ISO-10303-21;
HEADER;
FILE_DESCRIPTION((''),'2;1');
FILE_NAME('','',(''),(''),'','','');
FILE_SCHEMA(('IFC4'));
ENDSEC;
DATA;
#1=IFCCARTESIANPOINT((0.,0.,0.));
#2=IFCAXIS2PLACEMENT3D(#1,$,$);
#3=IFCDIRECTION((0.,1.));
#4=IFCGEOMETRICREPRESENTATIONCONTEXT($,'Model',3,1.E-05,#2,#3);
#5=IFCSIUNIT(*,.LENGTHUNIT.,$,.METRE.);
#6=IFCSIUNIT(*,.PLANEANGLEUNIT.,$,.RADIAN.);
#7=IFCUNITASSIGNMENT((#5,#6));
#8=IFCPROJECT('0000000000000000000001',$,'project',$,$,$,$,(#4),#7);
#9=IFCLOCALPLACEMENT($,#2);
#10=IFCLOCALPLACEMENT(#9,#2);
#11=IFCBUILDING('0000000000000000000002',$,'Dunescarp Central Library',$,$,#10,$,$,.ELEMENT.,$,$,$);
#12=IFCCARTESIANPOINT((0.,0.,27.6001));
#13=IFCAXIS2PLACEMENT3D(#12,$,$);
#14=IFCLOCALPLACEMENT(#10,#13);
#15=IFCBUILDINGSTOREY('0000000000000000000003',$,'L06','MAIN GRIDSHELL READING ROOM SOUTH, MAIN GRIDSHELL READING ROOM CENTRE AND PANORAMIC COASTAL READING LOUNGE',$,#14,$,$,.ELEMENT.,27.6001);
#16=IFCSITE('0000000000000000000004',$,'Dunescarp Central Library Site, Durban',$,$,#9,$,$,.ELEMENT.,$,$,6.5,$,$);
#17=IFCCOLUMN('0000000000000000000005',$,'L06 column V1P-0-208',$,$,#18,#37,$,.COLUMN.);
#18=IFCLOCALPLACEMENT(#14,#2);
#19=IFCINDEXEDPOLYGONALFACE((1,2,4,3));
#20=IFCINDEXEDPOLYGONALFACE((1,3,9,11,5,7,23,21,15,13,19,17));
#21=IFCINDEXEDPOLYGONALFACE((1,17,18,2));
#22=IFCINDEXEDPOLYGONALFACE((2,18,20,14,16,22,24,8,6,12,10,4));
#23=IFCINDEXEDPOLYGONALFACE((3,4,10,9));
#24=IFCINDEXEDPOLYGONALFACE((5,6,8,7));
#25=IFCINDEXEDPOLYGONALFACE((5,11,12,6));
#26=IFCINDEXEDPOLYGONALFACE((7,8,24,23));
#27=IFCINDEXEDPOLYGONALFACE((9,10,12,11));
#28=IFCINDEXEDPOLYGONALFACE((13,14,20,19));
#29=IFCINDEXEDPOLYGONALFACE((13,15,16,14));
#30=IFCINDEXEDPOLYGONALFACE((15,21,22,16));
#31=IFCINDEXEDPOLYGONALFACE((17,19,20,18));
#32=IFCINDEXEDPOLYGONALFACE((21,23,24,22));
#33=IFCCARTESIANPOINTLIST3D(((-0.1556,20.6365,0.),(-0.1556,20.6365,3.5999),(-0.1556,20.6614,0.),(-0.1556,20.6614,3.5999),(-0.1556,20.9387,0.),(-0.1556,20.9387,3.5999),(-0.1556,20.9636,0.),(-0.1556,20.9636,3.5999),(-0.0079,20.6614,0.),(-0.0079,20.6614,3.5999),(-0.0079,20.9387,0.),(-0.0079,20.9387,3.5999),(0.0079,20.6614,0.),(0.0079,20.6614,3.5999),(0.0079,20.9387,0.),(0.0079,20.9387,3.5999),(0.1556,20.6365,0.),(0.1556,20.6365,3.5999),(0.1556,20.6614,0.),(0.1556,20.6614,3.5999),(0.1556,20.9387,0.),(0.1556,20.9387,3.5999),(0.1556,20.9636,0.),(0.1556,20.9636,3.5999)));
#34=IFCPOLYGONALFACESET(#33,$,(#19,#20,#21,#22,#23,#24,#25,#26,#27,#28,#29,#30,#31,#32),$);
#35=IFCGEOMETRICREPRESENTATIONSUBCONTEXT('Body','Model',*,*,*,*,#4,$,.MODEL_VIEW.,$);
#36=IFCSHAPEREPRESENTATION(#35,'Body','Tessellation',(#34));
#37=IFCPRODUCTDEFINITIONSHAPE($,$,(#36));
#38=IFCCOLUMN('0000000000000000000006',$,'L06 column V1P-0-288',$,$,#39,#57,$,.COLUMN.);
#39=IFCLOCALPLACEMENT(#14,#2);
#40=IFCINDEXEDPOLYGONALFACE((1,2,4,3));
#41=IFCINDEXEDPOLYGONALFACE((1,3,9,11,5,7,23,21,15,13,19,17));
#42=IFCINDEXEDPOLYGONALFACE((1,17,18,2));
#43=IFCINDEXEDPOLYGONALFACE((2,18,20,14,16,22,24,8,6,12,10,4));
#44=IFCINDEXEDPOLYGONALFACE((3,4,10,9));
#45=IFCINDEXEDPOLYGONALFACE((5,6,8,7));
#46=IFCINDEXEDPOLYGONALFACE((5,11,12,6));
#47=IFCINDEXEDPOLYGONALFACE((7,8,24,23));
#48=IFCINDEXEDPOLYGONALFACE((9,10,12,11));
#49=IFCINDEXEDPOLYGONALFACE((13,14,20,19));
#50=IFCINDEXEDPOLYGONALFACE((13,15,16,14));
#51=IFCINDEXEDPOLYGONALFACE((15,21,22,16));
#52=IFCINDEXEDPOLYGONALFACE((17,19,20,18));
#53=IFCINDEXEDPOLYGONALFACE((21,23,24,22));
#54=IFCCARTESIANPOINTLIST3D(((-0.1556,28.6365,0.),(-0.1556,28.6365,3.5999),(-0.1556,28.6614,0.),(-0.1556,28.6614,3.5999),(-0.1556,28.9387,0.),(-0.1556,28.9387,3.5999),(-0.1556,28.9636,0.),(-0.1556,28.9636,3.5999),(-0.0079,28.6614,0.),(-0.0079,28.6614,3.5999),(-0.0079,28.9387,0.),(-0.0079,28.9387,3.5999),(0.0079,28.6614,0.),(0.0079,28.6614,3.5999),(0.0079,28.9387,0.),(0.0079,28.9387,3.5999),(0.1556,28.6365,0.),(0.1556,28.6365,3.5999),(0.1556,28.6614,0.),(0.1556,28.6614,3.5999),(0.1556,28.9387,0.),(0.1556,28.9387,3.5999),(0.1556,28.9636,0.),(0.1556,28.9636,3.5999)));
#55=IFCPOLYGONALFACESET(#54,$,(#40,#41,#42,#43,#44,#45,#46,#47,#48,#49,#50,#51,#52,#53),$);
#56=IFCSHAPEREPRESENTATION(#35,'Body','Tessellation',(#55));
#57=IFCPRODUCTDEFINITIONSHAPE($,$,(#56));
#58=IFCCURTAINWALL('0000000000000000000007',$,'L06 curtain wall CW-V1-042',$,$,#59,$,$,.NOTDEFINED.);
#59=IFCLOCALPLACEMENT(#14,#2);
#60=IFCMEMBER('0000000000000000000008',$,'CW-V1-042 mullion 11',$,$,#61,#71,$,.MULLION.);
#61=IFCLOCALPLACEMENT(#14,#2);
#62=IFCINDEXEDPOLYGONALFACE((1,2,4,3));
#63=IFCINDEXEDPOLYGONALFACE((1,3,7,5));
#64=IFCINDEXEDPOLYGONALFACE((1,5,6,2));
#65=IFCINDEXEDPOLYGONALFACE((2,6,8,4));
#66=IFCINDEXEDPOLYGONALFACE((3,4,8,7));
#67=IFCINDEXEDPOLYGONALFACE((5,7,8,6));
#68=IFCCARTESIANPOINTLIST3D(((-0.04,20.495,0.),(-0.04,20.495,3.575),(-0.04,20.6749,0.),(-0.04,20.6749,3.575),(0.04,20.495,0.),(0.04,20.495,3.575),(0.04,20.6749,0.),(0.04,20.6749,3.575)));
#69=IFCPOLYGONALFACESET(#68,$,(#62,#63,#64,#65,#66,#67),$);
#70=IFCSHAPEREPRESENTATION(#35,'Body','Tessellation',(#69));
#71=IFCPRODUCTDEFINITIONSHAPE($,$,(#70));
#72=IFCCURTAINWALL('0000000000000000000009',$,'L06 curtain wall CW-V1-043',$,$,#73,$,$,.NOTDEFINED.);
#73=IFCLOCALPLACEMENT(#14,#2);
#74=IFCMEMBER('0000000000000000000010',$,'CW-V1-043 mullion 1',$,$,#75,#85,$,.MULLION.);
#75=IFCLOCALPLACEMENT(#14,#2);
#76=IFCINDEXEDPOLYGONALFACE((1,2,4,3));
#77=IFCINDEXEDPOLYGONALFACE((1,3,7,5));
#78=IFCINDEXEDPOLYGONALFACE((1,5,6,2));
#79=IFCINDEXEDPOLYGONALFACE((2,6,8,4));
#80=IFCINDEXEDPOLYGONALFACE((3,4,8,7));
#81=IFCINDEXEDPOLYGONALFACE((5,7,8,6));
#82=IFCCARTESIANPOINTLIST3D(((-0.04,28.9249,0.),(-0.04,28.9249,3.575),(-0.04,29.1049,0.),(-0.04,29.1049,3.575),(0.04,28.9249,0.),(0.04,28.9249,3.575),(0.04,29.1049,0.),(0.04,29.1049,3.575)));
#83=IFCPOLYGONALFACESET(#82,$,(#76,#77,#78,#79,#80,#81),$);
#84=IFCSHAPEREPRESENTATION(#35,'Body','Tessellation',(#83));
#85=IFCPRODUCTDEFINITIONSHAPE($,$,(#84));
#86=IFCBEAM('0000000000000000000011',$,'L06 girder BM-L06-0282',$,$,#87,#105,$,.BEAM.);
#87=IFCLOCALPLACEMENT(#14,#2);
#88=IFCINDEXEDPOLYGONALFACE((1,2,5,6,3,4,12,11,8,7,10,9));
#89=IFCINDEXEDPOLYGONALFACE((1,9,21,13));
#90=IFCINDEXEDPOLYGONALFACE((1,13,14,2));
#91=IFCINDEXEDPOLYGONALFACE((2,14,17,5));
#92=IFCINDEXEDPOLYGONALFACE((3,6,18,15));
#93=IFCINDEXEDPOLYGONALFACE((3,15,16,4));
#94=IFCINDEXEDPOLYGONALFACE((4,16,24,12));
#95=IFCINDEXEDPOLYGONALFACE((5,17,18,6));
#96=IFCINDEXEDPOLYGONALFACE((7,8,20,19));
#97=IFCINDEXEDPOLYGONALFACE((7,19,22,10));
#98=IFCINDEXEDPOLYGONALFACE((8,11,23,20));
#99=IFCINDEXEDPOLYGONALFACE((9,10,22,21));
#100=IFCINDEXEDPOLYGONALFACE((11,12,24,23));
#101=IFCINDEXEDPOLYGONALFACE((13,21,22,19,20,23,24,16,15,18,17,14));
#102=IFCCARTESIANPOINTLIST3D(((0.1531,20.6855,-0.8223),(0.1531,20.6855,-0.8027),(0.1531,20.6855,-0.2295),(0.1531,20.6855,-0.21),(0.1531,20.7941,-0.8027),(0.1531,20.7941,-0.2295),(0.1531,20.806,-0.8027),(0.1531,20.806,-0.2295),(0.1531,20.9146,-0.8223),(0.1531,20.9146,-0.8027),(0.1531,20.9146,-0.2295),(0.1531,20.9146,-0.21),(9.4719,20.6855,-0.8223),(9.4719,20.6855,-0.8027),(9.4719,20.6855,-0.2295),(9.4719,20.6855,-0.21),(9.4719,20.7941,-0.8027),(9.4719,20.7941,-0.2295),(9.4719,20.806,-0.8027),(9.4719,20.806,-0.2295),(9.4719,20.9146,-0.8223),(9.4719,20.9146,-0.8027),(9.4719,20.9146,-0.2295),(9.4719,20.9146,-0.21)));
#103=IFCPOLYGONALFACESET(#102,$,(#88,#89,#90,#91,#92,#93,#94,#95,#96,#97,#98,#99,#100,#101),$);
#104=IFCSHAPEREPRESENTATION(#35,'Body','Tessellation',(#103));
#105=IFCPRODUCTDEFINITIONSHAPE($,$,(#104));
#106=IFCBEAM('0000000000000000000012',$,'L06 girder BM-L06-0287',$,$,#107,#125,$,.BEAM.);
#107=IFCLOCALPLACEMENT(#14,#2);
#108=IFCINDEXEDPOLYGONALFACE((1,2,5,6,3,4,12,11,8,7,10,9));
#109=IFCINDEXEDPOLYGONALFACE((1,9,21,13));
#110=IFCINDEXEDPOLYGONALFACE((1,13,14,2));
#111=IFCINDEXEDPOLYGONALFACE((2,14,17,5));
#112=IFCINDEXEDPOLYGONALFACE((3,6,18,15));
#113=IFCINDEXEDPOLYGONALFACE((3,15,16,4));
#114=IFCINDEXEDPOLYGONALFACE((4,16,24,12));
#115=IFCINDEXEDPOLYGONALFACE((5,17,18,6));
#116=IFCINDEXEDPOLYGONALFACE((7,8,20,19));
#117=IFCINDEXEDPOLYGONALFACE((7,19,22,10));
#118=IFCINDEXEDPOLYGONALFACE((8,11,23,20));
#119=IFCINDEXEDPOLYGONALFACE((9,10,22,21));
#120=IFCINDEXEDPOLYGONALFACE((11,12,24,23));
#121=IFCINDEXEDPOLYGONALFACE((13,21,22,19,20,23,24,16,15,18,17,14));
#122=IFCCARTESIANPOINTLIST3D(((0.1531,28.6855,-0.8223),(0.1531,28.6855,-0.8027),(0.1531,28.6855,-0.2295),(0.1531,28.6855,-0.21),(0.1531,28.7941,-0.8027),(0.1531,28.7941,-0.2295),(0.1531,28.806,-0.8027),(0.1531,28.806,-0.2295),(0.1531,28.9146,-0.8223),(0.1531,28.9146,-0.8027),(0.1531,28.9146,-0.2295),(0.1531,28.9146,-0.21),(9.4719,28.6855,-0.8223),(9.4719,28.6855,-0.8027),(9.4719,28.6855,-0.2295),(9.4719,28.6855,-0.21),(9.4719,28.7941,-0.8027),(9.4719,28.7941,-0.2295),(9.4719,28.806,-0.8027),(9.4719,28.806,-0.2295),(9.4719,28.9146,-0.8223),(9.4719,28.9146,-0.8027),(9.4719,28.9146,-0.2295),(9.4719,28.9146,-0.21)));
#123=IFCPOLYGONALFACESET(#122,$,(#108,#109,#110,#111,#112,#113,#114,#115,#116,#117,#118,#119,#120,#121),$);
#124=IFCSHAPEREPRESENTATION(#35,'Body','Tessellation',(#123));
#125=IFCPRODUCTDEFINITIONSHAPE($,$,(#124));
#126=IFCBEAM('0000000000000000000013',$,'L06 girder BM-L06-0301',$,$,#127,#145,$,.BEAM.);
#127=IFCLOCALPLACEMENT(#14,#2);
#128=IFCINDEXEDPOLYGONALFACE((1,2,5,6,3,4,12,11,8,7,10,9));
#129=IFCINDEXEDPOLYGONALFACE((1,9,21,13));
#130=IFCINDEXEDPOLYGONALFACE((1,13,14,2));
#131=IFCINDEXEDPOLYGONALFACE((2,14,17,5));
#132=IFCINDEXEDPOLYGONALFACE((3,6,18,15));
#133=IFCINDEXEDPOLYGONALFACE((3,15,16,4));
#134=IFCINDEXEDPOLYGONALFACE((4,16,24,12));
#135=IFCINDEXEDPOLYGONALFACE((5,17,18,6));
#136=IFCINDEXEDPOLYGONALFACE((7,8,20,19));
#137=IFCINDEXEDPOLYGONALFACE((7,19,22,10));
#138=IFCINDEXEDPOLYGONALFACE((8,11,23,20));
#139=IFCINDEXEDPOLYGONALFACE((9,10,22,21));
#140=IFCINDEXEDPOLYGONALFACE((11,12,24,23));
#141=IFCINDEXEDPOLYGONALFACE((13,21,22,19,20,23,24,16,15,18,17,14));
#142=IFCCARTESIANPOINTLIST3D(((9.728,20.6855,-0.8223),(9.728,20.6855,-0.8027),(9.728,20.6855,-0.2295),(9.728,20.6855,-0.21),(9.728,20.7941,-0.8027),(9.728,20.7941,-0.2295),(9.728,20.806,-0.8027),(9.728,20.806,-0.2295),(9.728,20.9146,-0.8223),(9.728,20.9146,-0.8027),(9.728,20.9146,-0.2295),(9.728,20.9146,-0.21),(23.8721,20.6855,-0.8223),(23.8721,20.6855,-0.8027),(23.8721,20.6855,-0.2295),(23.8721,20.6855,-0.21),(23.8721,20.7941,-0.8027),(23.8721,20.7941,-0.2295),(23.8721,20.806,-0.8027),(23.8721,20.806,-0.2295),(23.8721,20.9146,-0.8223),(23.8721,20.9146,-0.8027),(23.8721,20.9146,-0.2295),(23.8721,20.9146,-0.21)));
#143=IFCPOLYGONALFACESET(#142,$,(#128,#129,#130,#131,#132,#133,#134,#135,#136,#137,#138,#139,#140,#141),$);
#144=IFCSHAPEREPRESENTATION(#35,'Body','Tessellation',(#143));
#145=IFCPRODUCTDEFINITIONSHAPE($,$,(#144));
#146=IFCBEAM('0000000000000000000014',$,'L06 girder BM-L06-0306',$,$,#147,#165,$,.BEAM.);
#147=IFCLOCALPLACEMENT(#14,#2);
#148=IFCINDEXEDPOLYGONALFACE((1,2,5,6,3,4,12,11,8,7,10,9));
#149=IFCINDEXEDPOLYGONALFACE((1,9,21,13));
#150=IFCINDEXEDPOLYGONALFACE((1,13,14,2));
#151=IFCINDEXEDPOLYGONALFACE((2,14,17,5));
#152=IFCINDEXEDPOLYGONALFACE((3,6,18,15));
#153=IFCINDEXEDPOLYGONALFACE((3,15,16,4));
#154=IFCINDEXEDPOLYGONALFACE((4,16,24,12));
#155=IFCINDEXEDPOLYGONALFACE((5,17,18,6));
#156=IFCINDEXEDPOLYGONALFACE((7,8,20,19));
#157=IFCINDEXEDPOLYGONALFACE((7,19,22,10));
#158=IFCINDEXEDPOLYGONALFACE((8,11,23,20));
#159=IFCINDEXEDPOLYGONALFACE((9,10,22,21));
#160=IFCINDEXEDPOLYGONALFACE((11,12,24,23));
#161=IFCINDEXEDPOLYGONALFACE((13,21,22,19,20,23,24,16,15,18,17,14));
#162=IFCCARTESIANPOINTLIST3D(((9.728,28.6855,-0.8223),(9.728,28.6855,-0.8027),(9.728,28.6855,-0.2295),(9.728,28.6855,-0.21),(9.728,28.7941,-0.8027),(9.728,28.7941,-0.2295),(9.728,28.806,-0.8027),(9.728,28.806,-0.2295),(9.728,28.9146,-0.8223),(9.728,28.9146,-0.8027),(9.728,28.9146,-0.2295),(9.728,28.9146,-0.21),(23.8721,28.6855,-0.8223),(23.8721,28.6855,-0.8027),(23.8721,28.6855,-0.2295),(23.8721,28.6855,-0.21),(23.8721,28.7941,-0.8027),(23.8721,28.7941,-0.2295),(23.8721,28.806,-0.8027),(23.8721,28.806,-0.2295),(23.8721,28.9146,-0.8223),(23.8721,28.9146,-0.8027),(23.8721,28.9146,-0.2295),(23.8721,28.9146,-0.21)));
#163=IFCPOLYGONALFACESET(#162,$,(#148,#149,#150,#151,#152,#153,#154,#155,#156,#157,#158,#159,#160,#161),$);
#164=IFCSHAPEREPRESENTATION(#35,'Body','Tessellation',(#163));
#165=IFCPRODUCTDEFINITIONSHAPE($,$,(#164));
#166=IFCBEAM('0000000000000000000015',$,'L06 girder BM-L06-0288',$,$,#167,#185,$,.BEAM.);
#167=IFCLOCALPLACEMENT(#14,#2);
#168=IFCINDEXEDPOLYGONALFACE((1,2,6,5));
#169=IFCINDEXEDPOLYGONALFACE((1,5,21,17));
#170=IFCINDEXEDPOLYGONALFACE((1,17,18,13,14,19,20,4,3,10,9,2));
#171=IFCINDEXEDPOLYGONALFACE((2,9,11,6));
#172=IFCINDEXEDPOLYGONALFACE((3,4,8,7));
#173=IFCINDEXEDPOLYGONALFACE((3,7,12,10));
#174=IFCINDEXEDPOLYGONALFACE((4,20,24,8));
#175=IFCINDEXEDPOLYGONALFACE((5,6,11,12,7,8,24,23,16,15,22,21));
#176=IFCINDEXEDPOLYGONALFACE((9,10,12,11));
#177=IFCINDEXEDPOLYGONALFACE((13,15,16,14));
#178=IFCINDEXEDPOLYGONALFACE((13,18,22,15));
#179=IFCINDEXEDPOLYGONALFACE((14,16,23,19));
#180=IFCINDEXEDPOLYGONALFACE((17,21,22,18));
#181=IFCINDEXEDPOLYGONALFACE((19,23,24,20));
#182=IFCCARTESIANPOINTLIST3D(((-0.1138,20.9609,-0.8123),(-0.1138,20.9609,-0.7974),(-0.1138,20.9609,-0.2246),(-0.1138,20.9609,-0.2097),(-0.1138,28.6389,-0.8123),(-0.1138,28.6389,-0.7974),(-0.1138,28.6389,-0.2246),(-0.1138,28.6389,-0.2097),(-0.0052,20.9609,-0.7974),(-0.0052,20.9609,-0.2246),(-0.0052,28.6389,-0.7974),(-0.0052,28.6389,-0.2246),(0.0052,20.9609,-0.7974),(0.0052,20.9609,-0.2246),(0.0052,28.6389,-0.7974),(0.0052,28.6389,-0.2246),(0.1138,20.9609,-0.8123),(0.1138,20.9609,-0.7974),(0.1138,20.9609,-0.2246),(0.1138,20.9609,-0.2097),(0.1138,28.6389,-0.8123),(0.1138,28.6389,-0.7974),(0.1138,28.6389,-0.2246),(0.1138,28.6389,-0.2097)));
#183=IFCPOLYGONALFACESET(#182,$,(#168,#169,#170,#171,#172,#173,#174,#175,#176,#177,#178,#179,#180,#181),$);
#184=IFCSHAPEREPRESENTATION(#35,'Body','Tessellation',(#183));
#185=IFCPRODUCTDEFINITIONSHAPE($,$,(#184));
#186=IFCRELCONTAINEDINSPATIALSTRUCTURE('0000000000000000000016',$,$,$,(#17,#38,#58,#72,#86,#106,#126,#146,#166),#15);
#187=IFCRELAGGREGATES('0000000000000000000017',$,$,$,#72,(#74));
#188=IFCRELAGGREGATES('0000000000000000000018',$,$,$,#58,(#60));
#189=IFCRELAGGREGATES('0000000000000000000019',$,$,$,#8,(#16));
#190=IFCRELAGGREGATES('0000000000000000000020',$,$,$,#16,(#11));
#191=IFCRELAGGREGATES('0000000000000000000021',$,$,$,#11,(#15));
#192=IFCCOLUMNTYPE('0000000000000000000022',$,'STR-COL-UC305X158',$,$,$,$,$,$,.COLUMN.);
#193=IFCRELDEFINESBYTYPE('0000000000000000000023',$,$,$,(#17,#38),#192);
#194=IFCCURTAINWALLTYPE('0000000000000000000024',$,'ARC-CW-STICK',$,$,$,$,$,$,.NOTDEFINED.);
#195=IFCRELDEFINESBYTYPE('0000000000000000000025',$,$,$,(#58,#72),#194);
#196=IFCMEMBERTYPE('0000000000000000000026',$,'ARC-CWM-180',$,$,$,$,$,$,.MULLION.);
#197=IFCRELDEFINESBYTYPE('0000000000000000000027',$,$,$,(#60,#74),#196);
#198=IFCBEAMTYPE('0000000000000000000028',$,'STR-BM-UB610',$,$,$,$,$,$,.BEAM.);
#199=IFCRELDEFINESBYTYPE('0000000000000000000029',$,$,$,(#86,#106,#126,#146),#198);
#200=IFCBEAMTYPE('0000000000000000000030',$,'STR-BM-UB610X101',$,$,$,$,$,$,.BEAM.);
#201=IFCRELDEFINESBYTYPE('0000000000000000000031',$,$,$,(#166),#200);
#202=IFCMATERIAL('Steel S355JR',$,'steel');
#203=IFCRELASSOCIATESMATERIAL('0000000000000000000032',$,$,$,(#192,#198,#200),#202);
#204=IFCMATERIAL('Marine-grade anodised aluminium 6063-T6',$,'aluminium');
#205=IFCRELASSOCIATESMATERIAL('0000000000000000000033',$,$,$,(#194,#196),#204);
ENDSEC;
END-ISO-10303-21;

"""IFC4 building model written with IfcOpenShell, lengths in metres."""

from ifc_helpers import new_model, si_unit, direction, frame, origin, origin_2d, place, context, subcontext, project, spatial, rectangle, i_section, extrude, material, material_profile, profile_set, type_object, element, aggregate, save


model = new_model("IFC4")

# Units and contexts
model_context = context("Model", 3, precision=1e-05, world=origin(), true_north=direction((0.0, 1.0)))
body_context = subcontext(model_context, "Body", "Model", "MODEL_VIEW")
ifc_project = project(units=[si_unit("LENGTHUNIT", "METRE"), si_unit("PLANEANGLEUNIT", "RADIAN")], contexts=[model_context])

# Site, building, storey
site_placement = place(None, origin())
site = spatial("IfcSite", under=ifc_project, at=site_placement, Name="Dunescarp Central Library Site, Durban", CompositionType="ELEMENT", RefElevation=6.5)
building_placement = place(site_placement, origin())
building = spatial("IfcBuilding", under=site, at=building_placement, Name="Dunescarp Central Library", CompositionType="ELEMENT")
storey_placement = place(building_placement, frame((0.0, 0.0, 27.6001)))
storey = spatial("IfcBuildingStorey", under=building, at=storey_placement, Name="L06", Description="MAIN GRIDSHELL READING ROOM SOUTH, MAIN GRIDSHELL READING ROOM CENTRE AND PANORAMIC COASTAL READING LOUNGE", CompositionType="ELEMENT", Elevation=27.6001)

# Columns
ifc_material_1 = material(Name="Steel S355JR", Category="steel")
ifc_material_profile_1 = material_profile(ifc_material_1, i_section(OverallWidth=0.3113, OverallDepth=0.3271, WebThickness=0.0159, FlangeThickness=0.0249, at=origin_2d()), Name="UC 305x305x158")
ifc_profile_set_1 = profile_set([ifc_material_profile_1], Name="Steel S355JR")
column_type = type_object("IfcColumnType", Name="STR-COL-UC305X158", PredefinedType="COLUMN", material=ifc_profile_set_1)
for number, where, z_axis, x_axis, name in (
    (1, (0.0, 20.8, 0.0), (0.0, 0.0, 1.0), (1.0, 0.0, 0.0), "L06 column V1P-0-208"),
    (2, (0.0, 28.8, 0.0), (0.0, 0.0, 1.0), (1.0, 0.0, 0.0), "L06 column V1P-0-288"),
):
    element("IfcColumn", number, at=place(storey_placement, frame(where, z_axis=z_axis, x_axis=x_axis)), inside=storey, type_object=column_type, Name=name, PredefinedType="COLUMN", context=body_context, shape_type="SweptSolid", body=[
        extrude(i_section(OverallWidth=0.3113, OverallDepth=0.3271, WebThickness=0.0159, FlangeThickness=0.0249, at=origin_2d()), origin(), (0.0, 0.0, 1.0), 3.5999),
    ])

# Curtain walls, members
ifc_material_2 = material(Name="Marine-grade anodised aluminium 6063-T6", Category="aluminium")
curtain_wall_type = type_object("IfcCurtainWallType", Name="ARC-CW-STICK", PredefinedType="NOTDEFINED", material=ifc_material_2)
curtain_wall_1_placement = place(storey_placement, origin())
curtain_wall_1 = element("IfcCurtainWall", 3, at=curtain_wall_1_placement, inside=storey, type_object=curtain_wall_type, Name="L06 curtain wall CW-V1-042", PredefinedType="NOTDEFINED")
ifc_material_profile_2 = material_profile(ifc_material_2, rectangle(XDim=0.0801, YDim=0.1799, at=origin_2d()), Name="AL 80x180")
ifc_profile_set_2 = profile_set([ifc_material_profile_2], Name="Marine-grade anodised aluminium 6063-T6")
member_type = type_object("IfcMemberType", Name="ARC-CWM-180", PredefinedType="MULLION", material=ifc_profile_set_2)
member_1_placement = place(storey_placement, frame((0.0, 20.585, 0.0), z_axis=(0.0, 0.0, 1.0), x_axis=(-1.0, 0.0, 0.0)))
member_1 = element("IfcMember", 4, at=member_1_placement, type_object=member_type, Name="CW-V1-042 mullion 11", PredefinedType="MULLION", context=body_context, shape_type="SweptSolid", body=[
    extrude(rectangle(XDim=0.0801, YDim=0.1799, at=origin_2d()), origin(), (0.0, 0.0, 1.0), 3.575),
])
curtain_wall_2_placement = place(storey_placement, origin())
curtain_wall_2 = element("IfcCurtainWall", 5, at=curtain_wall_2_placement, inside=storey, type_object=curtain_wall_type, Name="L06 curtain wall CW-V1-043", PredefinedType="NOTDEFINED")
member_2_placement = place(storey_placement, frame((0.0, 29.0149, 0.0), z_axis=(0.0, 0.0, 1.0), x_axis=(-1.0, 0.0, 0.0)))
member_2 = element("IfcMember", 6, at=member_2_placement, type_object=member_type, Name="CW-V1-043 mullion 1", PredefinedType="MULLION", context=body_context, shape_type="SweptSolid", body=[
    extrude(rectangle(XDim=0.0801, YDim=0.1799, at=origin_2d()), origin(), (0.0, 0.0, 1.0), 3.575),
])
aggregate(curtain_wall_2, [member_2])

# Beams
ifc_material_profile_3 = material_profile(ifc_material_1, i_section(OverallWidth=0.229, OverallDepth=0.6123, WebThickness=0.012, FlangeThickness=0.0195, at=origin_2d()), Name="UB 610x229x125")
ifc_profile_set_3 = profile_set([ifc_material_profile_3], Name="Steel S355JR")
beam_type_1 = type_object("IfcBeamType", Name="STR-BM-UB610", PredefinedType="BEAM", material=ifc_profile_set_3)
for number, where, z_axis, x_axis, name in (
    (7, (0.1531, 20.8, -0.5161), (1.0, 0.0, 0.0), (0.0, 1.0, 0.0), "L06 girder BM-L06-0282"),
    (8, (0.1531, 28.8, -0.5161), (1.0, 0.0, 0.0), (0.0, 1.0, 0.0), "L06 girder BM-L06-0287"),
):
    element("IfcBeam", number, at=place(storey_placement, frame(where, z_axis=z_axis, x_axis=x_axis)), inside=storey, type_object=beam_type_1, Name=name, PredefinedType="BEAM", context=body_context, shape_type="SweptSolid", body=[
        extrude(i_section(OverallWidth=0.229, OverallDepth=0.6123, WebThickness=0.012, FlangeThickness=0.0195, at=origin_2d()), origin(), (0.0, 0.0, 1.0), 9.3188),
    ])
for number, where, z_axis, x_axis, name in (
    (9, (9.728, 20.8, -0.5161), (1.0, 0.0, 0.0), (0.0, 1.0, 0.0), "L06 girder BM-L06-0301"),
    (10, (9.728, 28.8, -0.5161), (1.0, 0.0, 0.0), (0.0, 1.0, 0.0), "L06 girder BM-L06-0306"),
):
    element("IfcBeam", number, at=place(storey_placement, frame(where, z_axis=z_axis, x_axis=x_axis)), inside=storey, type_object=beam_type_1, Name=name, PredefinedType="BEAM", context=body_context, shape_type="SweptSolid", body=[
        extrude(i_section(OverallWidth=0.229, OverallDepth=0.6123, WebThickness=0.012, FlangeThickness=0.0195, at=origin_2d()), origin(), (0.0, 0.0, 1.0), 14.144),
    ])
ifc_material_profile_4 = material_profile(ifc_material_1, i_section(OverallWidth=0.2275, OverallDepth=0.6025, WebThickness=0.0105, FlangeThickness=0.0149, at=origin_2d()), Name="UB 610x229x101")
ifc_profile_set_4 = profile_set([ifc_material_profile_4], Name="Steel S355JR")
beam_type_2 = type_object("IfcBeamType", Name="STR-BM-UB610X101", PredefinedType="BEAM", material=ifc_profile_set_4)
beam_1_placement = place(storey_placement, frame((0.0, 20.9609, -0.511), z_axis=(0.0, 1.0, 0.0), x_axis=(-1.0, 0.0, 0.0)))
element("IfcBeam", 11, at=beam_1_placement, inside=storey, type_object=beam_type_2, Name="L06 girder BM-L06-0288", PredefinedType="BEAM", context=body_context, shape_type="SweptSolid", body=[
    extrude(i_section(OverallWidth=0.2275, OverallDepth=0.6025, WebThickness=0.0105, FlangeThickness=0.0149, at=origin_2d()), origin(), (0.0, 0.0, 1.0), 7.678),
])

aggregate(curtain_wall_1, [member_1])

save(model, "model.ifc")
